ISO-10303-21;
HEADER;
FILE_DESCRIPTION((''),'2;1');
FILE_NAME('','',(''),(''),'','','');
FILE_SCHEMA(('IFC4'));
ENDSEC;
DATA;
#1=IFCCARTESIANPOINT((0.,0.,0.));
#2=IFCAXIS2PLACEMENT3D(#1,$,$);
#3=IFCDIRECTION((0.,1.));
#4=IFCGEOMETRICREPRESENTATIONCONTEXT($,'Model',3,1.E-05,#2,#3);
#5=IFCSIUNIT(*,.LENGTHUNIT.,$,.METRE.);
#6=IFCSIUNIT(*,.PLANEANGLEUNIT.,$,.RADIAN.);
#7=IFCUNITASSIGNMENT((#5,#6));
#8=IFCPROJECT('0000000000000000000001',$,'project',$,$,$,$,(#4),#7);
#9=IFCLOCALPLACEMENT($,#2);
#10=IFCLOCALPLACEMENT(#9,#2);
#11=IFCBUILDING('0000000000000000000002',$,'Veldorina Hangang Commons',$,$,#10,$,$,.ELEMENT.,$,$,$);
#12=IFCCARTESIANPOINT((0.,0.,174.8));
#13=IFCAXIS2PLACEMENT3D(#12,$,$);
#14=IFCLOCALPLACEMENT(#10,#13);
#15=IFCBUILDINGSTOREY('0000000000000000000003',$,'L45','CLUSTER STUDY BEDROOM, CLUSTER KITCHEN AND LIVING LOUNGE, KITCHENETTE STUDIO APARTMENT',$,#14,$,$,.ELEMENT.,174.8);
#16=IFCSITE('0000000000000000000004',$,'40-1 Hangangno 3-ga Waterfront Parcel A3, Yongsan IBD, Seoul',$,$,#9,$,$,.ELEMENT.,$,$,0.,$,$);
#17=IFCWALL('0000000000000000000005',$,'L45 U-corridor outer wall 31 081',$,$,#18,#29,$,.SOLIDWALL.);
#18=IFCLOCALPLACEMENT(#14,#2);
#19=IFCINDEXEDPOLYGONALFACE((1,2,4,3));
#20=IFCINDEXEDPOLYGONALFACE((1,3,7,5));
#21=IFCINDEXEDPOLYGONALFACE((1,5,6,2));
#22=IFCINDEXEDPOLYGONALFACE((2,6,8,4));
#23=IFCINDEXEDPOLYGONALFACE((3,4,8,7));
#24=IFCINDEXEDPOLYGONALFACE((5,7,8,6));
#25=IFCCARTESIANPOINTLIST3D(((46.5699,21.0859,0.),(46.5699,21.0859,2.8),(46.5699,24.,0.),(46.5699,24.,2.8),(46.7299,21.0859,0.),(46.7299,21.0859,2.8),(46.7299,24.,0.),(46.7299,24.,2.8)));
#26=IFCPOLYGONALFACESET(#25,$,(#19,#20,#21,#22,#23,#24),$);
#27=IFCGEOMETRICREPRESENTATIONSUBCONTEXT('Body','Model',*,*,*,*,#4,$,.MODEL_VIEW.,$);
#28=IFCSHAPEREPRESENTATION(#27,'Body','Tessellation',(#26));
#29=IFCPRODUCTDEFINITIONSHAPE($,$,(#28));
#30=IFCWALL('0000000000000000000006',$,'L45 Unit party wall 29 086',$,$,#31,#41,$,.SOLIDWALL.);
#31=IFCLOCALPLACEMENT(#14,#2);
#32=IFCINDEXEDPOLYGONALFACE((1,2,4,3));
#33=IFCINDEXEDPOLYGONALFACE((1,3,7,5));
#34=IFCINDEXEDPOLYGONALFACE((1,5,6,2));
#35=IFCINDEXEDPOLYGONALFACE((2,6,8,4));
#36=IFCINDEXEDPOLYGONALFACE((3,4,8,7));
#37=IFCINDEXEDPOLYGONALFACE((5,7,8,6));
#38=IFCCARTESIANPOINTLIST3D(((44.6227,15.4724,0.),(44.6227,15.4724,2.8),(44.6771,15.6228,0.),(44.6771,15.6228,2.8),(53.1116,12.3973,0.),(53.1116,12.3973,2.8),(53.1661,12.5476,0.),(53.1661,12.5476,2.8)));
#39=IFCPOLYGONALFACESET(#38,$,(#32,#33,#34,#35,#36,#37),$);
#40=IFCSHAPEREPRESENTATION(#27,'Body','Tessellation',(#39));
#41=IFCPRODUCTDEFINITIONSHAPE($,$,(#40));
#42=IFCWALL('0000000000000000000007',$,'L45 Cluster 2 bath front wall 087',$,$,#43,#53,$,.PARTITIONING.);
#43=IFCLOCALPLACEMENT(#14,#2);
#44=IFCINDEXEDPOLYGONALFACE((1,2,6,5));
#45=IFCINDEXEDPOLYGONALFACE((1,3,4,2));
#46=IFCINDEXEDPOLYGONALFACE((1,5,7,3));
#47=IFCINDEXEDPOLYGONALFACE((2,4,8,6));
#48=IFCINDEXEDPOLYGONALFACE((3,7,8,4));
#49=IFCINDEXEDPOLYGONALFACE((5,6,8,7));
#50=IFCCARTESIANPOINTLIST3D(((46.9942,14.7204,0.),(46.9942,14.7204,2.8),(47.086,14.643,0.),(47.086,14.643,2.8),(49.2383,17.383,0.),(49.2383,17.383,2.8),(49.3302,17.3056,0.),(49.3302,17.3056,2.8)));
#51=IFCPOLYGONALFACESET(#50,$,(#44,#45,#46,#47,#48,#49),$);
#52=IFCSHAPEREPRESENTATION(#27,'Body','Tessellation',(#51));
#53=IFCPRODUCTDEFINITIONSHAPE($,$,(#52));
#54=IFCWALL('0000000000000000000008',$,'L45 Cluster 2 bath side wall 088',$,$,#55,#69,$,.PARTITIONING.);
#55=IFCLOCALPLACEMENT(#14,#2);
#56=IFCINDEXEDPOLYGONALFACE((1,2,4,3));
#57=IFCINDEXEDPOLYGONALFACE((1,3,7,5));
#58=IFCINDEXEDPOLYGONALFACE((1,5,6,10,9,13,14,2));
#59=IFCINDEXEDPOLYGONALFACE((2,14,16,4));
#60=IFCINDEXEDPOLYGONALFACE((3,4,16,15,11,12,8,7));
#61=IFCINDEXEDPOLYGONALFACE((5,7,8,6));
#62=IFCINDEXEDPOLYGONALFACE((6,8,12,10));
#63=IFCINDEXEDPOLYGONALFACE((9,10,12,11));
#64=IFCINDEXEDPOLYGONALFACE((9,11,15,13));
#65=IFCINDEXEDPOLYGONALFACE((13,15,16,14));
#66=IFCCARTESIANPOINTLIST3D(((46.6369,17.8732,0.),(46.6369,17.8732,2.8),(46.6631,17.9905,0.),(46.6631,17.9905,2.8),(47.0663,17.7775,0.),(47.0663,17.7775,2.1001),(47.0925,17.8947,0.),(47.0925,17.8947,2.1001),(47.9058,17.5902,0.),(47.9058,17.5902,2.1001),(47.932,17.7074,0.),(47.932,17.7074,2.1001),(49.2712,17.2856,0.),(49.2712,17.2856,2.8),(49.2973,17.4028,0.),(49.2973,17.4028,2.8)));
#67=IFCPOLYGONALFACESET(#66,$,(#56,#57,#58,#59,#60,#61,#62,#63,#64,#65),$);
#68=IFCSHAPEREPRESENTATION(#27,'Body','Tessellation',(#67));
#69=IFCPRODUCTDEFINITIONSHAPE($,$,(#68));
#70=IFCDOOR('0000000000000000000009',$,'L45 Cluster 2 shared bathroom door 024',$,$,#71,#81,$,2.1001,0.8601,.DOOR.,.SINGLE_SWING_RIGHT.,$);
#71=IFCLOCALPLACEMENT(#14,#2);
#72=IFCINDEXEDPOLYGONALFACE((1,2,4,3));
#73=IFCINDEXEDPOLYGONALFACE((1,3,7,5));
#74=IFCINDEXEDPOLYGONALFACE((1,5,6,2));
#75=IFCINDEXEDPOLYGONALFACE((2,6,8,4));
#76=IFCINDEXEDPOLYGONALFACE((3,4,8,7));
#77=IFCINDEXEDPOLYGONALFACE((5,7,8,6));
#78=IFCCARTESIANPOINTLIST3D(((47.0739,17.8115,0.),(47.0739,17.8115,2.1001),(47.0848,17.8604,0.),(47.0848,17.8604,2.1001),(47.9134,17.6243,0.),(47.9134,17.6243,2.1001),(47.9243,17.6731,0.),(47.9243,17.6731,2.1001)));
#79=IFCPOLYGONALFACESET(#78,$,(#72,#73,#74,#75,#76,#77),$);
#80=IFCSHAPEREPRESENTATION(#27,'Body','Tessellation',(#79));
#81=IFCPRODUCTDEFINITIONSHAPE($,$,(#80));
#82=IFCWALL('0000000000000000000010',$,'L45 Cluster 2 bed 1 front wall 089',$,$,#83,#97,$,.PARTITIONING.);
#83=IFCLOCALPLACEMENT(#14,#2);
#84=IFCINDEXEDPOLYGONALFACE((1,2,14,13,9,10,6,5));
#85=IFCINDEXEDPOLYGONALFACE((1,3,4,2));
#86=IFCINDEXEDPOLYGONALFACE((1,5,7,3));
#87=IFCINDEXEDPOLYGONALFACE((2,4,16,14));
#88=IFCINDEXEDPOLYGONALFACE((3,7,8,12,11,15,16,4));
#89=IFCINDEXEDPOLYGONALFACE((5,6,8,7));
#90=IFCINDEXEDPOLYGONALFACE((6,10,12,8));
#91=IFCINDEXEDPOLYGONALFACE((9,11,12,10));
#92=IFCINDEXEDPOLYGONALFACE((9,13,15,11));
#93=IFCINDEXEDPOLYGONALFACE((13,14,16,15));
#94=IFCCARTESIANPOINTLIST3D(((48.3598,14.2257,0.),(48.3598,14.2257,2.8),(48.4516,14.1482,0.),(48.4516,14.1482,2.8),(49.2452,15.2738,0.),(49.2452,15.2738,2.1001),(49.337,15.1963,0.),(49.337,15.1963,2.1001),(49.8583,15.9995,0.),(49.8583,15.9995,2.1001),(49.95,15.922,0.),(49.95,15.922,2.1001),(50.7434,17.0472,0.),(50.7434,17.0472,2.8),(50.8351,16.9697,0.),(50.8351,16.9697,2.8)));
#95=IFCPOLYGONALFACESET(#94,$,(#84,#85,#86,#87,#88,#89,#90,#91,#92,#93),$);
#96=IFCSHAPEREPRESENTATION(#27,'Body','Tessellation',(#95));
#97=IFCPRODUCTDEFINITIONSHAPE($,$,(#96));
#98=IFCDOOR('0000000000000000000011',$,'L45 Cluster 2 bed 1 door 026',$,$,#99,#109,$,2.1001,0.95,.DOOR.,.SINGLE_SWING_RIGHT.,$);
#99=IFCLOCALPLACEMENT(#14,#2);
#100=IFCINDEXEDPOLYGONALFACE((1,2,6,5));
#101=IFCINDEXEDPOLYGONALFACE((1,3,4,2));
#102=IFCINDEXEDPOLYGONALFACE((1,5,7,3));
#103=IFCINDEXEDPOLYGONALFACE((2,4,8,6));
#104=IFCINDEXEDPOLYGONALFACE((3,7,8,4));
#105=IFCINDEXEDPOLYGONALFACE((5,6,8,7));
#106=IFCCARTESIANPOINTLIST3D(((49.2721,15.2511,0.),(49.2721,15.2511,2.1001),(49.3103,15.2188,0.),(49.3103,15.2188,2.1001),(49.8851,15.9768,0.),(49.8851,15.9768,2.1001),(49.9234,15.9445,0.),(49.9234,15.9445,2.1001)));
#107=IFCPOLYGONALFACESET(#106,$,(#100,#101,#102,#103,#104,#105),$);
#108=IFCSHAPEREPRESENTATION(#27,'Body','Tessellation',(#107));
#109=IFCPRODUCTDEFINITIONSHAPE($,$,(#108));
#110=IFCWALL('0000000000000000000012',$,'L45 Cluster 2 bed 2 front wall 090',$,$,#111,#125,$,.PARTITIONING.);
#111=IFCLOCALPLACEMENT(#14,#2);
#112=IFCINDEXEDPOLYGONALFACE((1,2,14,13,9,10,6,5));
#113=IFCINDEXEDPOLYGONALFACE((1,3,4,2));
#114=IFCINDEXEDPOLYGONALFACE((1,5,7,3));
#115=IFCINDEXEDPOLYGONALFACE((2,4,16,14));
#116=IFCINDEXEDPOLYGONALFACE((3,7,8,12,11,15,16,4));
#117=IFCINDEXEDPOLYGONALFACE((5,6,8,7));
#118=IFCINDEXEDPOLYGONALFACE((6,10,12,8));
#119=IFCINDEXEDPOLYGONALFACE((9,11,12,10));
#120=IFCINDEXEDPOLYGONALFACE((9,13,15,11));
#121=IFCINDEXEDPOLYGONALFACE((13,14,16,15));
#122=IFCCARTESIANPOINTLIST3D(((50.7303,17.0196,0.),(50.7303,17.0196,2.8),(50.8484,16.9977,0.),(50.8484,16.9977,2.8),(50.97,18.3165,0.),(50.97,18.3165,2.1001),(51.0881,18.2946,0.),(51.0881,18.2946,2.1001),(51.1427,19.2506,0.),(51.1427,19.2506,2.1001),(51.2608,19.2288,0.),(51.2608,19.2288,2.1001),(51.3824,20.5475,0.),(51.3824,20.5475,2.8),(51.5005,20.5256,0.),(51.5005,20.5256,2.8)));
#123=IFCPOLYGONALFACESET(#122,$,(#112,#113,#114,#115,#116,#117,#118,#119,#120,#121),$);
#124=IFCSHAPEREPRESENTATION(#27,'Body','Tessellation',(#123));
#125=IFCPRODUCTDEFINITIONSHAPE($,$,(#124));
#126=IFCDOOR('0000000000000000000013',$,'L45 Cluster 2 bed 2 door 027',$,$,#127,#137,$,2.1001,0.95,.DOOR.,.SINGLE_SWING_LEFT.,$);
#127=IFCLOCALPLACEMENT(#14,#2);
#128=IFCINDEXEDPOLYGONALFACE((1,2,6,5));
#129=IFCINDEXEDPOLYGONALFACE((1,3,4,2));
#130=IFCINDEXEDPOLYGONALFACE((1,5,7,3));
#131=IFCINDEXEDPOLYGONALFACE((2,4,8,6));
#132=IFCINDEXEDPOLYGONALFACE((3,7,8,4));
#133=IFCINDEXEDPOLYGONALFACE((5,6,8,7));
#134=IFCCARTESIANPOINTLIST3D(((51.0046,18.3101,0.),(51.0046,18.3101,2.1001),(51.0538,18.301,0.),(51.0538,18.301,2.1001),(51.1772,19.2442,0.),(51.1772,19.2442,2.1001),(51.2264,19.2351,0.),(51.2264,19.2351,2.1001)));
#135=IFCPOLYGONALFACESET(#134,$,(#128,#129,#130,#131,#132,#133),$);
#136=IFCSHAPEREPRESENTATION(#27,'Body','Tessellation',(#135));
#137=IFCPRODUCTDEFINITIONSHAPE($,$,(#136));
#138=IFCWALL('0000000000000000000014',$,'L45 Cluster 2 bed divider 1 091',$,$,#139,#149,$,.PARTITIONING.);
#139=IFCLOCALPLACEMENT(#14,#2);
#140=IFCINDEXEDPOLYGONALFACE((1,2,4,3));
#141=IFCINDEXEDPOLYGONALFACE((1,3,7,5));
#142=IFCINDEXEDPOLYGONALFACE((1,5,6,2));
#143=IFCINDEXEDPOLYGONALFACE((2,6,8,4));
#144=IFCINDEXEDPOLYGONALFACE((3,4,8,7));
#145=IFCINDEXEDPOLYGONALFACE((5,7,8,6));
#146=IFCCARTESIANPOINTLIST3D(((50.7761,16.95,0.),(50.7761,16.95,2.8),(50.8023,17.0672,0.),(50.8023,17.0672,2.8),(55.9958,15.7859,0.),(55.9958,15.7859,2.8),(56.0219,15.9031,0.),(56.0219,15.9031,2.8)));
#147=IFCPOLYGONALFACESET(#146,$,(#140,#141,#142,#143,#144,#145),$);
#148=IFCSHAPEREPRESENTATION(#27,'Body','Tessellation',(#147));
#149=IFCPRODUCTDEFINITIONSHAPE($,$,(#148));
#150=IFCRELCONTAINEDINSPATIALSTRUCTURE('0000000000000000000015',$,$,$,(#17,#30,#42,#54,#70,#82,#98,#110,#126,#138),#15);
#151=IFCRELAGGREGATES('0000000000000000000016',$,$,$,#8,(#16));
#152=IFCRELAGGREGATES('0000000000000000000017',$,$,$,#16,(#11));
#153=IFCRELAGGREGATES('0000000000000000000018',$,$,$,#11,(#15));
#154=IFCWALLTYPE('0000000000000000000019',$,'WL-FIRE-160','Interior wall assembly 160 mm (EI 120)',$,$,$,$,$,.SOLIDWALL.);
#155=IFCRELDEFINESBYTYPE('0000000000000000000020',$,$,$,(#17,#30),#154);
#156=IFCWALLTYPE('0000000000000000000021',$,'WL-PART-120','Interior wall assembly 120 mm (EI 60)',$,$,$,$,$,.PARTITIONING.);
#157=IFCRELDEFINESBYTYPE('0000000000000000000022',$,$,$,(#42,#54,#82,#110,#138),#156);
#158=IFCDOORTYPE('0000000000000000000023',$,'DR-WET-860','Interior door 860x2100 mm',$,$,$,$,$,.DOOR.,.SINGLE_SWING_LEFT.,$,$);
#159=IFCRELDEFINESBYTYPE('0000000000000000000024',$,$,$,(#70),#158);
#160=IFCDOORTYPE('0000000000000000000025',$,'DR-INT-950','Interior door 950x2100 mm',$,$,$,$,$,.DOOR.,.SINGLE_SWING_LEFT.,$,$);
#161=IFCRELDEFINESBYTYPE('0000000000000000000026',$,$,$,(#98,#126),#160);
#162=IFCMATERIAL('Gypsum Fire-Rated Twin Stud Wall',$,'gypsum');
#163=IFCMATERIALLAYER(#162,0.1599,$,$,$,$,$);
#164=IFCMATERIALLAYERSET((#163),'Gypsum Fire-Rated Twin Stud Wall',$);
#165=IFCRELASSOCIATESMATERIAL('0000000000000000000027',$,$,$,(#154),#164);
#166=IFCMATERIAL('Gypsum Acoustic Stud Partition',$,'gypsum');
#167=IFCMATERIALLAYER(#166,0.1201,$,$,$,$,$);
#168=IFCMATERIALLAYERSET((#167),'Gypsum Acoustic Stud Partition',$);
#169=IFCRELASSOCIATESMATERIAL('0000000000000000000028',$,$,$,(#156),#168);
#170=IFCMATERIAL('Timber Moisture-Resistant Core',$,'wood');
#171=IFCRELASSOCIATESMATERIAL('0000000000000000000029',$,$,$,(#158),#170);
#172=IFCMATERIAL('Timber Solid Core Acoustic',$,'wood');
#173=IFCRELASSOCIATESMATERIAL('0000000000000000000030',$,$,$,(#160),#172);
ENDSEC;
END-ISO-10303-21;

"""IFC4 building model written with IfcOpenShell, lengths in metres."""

from ifc_helpers import new_model, si_unit, direction, frame, frame_2d, origin, place, context, subcontext, project, spatial, rectangle, extrude, material, layer, layer_set, type_object, element, fill, save


model = new_model("IFC4")

# Units and contexts
model_context = context("Model", 3, precision=1e-05, world=origin(), true_north=direction((0.0, 1.0)))
body_context = subcontext(model_context, "Body", "Model", "MODEL_VIEW")
ifc_project = project(units=[si_unit("LENGTHUNIT", "METRE"), si_unit("PLANEANGLEUNIT", "RADIAN")], contexts=[model_context])

# Site, building, storey
site_placement = place(None, origin())
site = spatial("IfcSite", under=ifc_project, at=site_placement, Name="40-1 Hangangno 3-ga Waterfront Parcel A3, Yongsan IBD, Seoul", CompositionType="ELEMENT", RefElevation=0.0)
building_placement = place(site_placement, origin())
building = spatial("IfcBuilding", under=site, at=building_placement, Name="Veldorina Hangang Commons", CompositionType="ELEMENT")
storey_placement = place(building_placement, frame((0.0, 0.0, 174.8)))
storey = spatial("IfcBuildingStorey", under=building, at=storey_placement, Name="L45", Description="CLUSTER STUDY BEDROOM, CLUSTER KITCHEN AND LIVING LOUNGE, KITCHENETTE STUDIO APARTMENT", CompositionType="ELEMENT", Elevation=174.8)

# Shared definitions
ifc_material_1 = material(Name="Gypsum Fire-Rated Twin Stud Wall", Category="gypsum")
ifc_layer_1 = layer(ifc_material_1, 0.1599)
ifc_layer_set_1 = layer_set([ifc_layer_1], Name="Gypsum Fire-Rated Twin Stud Wall")
wall_type_1 = type_object("IfcWallType", Name="WL-FIRE-160", Description="Interior wall assembly 160 mm (EI 120)", PredefinedType="SOLIDWALL", material=ifc_layer_set_1)

# Walls
wall_1_placement = place(storey_placement, frame((46.6499, 21.0859, 0.0), z_axis=(0.0, 0.0, 1.0), x_axis=(0.0, 1.0, 0.0)))
element("IfcWall", 1, at=wall_1_placement, inside=storey, type_object=wall_type_1, Name="L45 U-corridor outer wall 31 081", PredefinedType="SOLIDWALL", context=body_context, shape_type="SweptSolid", body=[
    extrude(rectangle(XDim=2.9141, YDim=0.1599, at=frame_2d((1.457, 0.0))), origin(), (0.0, 0.0, 1.0), 2.8),
])
wall_2_placement = place(storey_placement, frame((44.6499, 15.5476, 0.0), z_axis=(0.0, 0.0, 1.0), x_axis=(0.94021, -0.340596, 0.0)))
element("IfcWall", 2, at=wall_2_placement, inside=storey, type_object=wall_type_1, Name="L45 Unit party wall 29 086", PredefinedType="SOLIDWALL", context=body_context, shape_type="SweptSolid", body=[
    extrude(rectangle(XDim=9.0288, YDim=0.1599, at=frame_2d((4.5144, 0.0))), origin(), (0.0, 0.0, 1.0), 2.8),
])
ifc_material_2 = material(Name="Gypsum Acoustic Stud Partition", Category="gypsum")
ifc_layer_2 = layer(ifc_material_2, 0.1201)
ifc_layer_set_2 = layer_set([ifc_layer_2], Name="Gypsum Acoustic Stud Partition")
wall_type_2 = type_object("IfcWallType", Name="WL-PART-120", Description="Interior wall assembly 120 mm (EI 60)", PredefinedType="PARTITIONING", material=ifc_layer_set_2)
wall_3_placement = place(storey_placement, frame((47.04, 14.6816, 0.0), z_axis=(0.0, 0.0, 1.0), x_axis=(0.644464, 0.764635, 0.0)))
element("IfcWall", 3, at=wall_3_placement, inside=storey, type_object=wall_type_2, Name="L45 Cluster 2 bath front wall 087", PredefinedType="PARTITIONING", context=body_context, shape_type="SweptSolid", body=[
    extrude(rectangle(XDim=3.4822, YDim=0.1201, at=frame_2d((1.7412, 0.0))), origin(), (0.0, 0.0, 1.0), 2.8),
])

# Walls, openings, doors
wall_4_placement = place(storey_placement, frame((46.6499, 17.9319, 0.0), z_axis=(0.0, 0.0, 1.0), x_axis=(0.97601, -0.217725, 0.0)))
wall_4 = element("IfcWall", 4, at=wall_4_placement, inside=storey, type_object=wall_type_2, Name="L45 Cluster 2 bath side wall 088", PredefinedType="PARTITIONING", context=body_context, shape_type="SweptSolid", body=[
    extrude(rectangle(XDim=2.699, YDim=0.1201, at=frame_2d((1.3496, 0.0))), origin(), (0.0, 0.0, 1.0), 2.8),
])
opening_1_placement = place(wall_4_placement, frame((0.4399, 0.0, 0.0)))
opening_1 = element("IfcOpeningElement", 5, at=opening_1_placement, cuts=wall_4, PredefinedType="OPENING", context=body_context, shape_type="SweptSolid", body=[
    extrude(rectangle(XDim=0.8601, YDim=2.1001, at=frame_2d((0.4302, 1.05))), frame((0.0, 0.0701, 0.0), z_axis=(0.0, -1.0, 0.0), x_axis=(1.0, 0.0, 0.0)), (0.0, 0.0, 1.0), 0.1401),
])
ifc_material_3 = material(Name="Timber Moisture-Resistant Core", Category="wood")
door_type_1 = type_object("IfcDoorType", Name="DR-WET-860", Description="Interior door 860x2100 mm", OperationType="SINGLE_SWING_LEFT", PredefinedType="DOOR", material=ifc_material_3)
door_1_placement = place(opening_1_placement, origin())
door_1 = element("IfcDoor", 6, at=door_1_placement, inside=storey, type_object=door_type_1, Name="L45 Cluster 2 shared bathroom door 024", OperationType="SINGLE_SWING_RIGHT", OverallHeight=2.1001, OverallWidth=0.8601, PredefinedType="DOOR", context=body_context, shape_type="SweptSolid", body=[
    extrude(rectangle(XDim=0.8601, YDim=2.1001, at=frame_2d((0.4302, 1.05))), frame((0.0, 0.0249, 0.0), z_axis=(0.0, -1.0, 0.0), x_axis=(1.0, 0.0, 0.0)), (0.0, 0.0, 1.0), 0.05),
])
fill(opening_1, door_1)
wall_5_placement = place(storey_placement, frame((48.4058, 14.187, 0.0), z_axis=(0.0, 0.0, 1.0), x_axis=(0.645326, 0.763908, 0.0)))
wall_5 = element("IfcWall", 7, at=wall_5_placement, inside=storey, type_object=wall_type_2, Name="L45 Cluster 2 bed 1 front wall 089", PredefinedType="PARTITIONING", context=body_context, shape_type="SweptSolid", body=[
    extrude(rectangle(XDim=3.6936, YDim=0.1201, at=frame_2d((1.8467, 0.0))), origin(), (0.0, 0.0, 1.0), 2.8),
])
opening_2_placement = place(wall_5_placement, frame((1.3718, 0.0, 0.0)))
opening_2 = element("IfcOpeningElement", 8, at=opening_2_placement, cuts=wall_5, PredefinedType="OPENING", context=body_context, shape_type="SweptSolid", body=[
    extrude(rectangle(XDim=0.95, YDim=2.1001, at=frame_2d((0.4751, 1.05))), frame((0.0, 0.0701, 0.0), z_axis=(0.0, -1.0, 0.0), x_axis=(1.0, 0.0, 0.0)), (0.0, 0.0, 1.0), 0.1401),
])
ifc_material_4 = material(Name="Timber Solid Core Acoustic", Category="wood")
door_type_2 = type_object("IfcDoorType", Name="DR-INT-950", Description="Interior door 950x2100 mm", OperationType="SINGLE_SWING_LEFT", PredefinedType="DOOR", material=ifc_material_4)
door_2_placement = place(opening_2_placement, origin())
door_2 = element("IfcDoor", 9, at=door_2_placement, inside=storey, type_object=door_type_2, Name="L45 Cluster 2 bed 1 door 026", OperationType="SINGLE_SWING_RIGHT", OverallHeight=2.1001, OverallWidth=0.95, PredefinedType="DOOR", context=body_context, shape_type="SweptSolid", body=[
    extrude(rectangle(XDim=0.95, YDim=2.1001, at=frame_2d((0.4751, 1.05))), frame((0.0, 0.0249, 0.0), z_axis=(0.0, -1.0, 0.0), x_axis=(1.0, 0.0, 0.0)), (0.0, 0.0, 1.0), 0.05),
])
fill(opening_2, door_2)
wall_6_placement = place(storey_placement, frame((50.7893, 17.0085, 0.0), z_axis=(0.0, 0.0, 1.0), x_axis=(0.181765, 0.983342, 0.0)))
wall_6 = element("IfcWall", 10, at=wall_6_placement, inside=storey, type_object=wall_type_2, Name="L45 Cluster 2 bed 2 front wall 090", PredefinedType="PARTITIONING", context=body_context, shape_type="SweptSolid", body=[
    extrude(rectangle(XDim=3.5876, YDim=0.1201, at=frame_2d((1.7939, 0.0))), origin(), (0.0, 0.0, 1.0), 2.8),
])
opening_3_placement = place(wall_6_placement, frame((1.3188, 0.0, 0.0)))
opening_3 = element("IfcOpeningElement", 11, at=opening_3_placement, cuts=wall_6, PredefinedType="OPENING", context=body_context, shape_type="SweptSolid", body=[
    extrude(rectangle(XDim=0.95, YDim=2.1001, at=frame_2d((0.4751, 1.05))), frame((0.0, 0.0701, 0.0), z_axis=(0.0, -1.0, 0.0), x_axis=(1.0, 0.0, 0.0)), (0.0, 0.0, 1.0), 0.1401),
])
door_3_placement = place(opening_3_placement, origin())
door_3 = element("IfcDoor", 12, at=door_3_placement, inside=storey, type_object=door_type_2, Name="L45 Cluster 2 bed 2 door 027", OperationType="SINGLE_SWING_LEFT", OverallHeight=2.1001, OverallWidth=0.95, PredefinedType="DOOR", context=body_context, shape_type="SweptSolid", body=[
    extrude(rectangle(XDim=0.95, YDim=2.1001, at=frame_2d((0.4751, 1.05))), frame((0.0, 0.0249, 0.0), z_axis=(0.0, -1.0, 0.0), x_axis=(1.0, 0.0, 0.0)), (0.0, 0.0, 1.0), 0.05),
])
fill(opening_3, door_3)

# Wall
wall_7_placement = place(storey_placement, frame((50.7893, 17.0085, 0.0), z_axis=(0.0, 0.0, 1.0), x_axis=(0.976024, -0.217665, 0.0)))
element("IfcWall", 13, at=wall_7_placement, inside=storey, type_object=wall_type_2, Name="L45 Cluster 2 bed divider 1 091", PredefinedType="PARTITIONING", context=body_context, shape_type="SweptSolid", body=[
    extrude(rectangle(XDim=5.3479, YDim=0.1201, at=frame_2d((2.6738, 0.0))), origin(), (0.0, 0.0, 1.0), 2.8),
])

save(model, "model.ifc")
